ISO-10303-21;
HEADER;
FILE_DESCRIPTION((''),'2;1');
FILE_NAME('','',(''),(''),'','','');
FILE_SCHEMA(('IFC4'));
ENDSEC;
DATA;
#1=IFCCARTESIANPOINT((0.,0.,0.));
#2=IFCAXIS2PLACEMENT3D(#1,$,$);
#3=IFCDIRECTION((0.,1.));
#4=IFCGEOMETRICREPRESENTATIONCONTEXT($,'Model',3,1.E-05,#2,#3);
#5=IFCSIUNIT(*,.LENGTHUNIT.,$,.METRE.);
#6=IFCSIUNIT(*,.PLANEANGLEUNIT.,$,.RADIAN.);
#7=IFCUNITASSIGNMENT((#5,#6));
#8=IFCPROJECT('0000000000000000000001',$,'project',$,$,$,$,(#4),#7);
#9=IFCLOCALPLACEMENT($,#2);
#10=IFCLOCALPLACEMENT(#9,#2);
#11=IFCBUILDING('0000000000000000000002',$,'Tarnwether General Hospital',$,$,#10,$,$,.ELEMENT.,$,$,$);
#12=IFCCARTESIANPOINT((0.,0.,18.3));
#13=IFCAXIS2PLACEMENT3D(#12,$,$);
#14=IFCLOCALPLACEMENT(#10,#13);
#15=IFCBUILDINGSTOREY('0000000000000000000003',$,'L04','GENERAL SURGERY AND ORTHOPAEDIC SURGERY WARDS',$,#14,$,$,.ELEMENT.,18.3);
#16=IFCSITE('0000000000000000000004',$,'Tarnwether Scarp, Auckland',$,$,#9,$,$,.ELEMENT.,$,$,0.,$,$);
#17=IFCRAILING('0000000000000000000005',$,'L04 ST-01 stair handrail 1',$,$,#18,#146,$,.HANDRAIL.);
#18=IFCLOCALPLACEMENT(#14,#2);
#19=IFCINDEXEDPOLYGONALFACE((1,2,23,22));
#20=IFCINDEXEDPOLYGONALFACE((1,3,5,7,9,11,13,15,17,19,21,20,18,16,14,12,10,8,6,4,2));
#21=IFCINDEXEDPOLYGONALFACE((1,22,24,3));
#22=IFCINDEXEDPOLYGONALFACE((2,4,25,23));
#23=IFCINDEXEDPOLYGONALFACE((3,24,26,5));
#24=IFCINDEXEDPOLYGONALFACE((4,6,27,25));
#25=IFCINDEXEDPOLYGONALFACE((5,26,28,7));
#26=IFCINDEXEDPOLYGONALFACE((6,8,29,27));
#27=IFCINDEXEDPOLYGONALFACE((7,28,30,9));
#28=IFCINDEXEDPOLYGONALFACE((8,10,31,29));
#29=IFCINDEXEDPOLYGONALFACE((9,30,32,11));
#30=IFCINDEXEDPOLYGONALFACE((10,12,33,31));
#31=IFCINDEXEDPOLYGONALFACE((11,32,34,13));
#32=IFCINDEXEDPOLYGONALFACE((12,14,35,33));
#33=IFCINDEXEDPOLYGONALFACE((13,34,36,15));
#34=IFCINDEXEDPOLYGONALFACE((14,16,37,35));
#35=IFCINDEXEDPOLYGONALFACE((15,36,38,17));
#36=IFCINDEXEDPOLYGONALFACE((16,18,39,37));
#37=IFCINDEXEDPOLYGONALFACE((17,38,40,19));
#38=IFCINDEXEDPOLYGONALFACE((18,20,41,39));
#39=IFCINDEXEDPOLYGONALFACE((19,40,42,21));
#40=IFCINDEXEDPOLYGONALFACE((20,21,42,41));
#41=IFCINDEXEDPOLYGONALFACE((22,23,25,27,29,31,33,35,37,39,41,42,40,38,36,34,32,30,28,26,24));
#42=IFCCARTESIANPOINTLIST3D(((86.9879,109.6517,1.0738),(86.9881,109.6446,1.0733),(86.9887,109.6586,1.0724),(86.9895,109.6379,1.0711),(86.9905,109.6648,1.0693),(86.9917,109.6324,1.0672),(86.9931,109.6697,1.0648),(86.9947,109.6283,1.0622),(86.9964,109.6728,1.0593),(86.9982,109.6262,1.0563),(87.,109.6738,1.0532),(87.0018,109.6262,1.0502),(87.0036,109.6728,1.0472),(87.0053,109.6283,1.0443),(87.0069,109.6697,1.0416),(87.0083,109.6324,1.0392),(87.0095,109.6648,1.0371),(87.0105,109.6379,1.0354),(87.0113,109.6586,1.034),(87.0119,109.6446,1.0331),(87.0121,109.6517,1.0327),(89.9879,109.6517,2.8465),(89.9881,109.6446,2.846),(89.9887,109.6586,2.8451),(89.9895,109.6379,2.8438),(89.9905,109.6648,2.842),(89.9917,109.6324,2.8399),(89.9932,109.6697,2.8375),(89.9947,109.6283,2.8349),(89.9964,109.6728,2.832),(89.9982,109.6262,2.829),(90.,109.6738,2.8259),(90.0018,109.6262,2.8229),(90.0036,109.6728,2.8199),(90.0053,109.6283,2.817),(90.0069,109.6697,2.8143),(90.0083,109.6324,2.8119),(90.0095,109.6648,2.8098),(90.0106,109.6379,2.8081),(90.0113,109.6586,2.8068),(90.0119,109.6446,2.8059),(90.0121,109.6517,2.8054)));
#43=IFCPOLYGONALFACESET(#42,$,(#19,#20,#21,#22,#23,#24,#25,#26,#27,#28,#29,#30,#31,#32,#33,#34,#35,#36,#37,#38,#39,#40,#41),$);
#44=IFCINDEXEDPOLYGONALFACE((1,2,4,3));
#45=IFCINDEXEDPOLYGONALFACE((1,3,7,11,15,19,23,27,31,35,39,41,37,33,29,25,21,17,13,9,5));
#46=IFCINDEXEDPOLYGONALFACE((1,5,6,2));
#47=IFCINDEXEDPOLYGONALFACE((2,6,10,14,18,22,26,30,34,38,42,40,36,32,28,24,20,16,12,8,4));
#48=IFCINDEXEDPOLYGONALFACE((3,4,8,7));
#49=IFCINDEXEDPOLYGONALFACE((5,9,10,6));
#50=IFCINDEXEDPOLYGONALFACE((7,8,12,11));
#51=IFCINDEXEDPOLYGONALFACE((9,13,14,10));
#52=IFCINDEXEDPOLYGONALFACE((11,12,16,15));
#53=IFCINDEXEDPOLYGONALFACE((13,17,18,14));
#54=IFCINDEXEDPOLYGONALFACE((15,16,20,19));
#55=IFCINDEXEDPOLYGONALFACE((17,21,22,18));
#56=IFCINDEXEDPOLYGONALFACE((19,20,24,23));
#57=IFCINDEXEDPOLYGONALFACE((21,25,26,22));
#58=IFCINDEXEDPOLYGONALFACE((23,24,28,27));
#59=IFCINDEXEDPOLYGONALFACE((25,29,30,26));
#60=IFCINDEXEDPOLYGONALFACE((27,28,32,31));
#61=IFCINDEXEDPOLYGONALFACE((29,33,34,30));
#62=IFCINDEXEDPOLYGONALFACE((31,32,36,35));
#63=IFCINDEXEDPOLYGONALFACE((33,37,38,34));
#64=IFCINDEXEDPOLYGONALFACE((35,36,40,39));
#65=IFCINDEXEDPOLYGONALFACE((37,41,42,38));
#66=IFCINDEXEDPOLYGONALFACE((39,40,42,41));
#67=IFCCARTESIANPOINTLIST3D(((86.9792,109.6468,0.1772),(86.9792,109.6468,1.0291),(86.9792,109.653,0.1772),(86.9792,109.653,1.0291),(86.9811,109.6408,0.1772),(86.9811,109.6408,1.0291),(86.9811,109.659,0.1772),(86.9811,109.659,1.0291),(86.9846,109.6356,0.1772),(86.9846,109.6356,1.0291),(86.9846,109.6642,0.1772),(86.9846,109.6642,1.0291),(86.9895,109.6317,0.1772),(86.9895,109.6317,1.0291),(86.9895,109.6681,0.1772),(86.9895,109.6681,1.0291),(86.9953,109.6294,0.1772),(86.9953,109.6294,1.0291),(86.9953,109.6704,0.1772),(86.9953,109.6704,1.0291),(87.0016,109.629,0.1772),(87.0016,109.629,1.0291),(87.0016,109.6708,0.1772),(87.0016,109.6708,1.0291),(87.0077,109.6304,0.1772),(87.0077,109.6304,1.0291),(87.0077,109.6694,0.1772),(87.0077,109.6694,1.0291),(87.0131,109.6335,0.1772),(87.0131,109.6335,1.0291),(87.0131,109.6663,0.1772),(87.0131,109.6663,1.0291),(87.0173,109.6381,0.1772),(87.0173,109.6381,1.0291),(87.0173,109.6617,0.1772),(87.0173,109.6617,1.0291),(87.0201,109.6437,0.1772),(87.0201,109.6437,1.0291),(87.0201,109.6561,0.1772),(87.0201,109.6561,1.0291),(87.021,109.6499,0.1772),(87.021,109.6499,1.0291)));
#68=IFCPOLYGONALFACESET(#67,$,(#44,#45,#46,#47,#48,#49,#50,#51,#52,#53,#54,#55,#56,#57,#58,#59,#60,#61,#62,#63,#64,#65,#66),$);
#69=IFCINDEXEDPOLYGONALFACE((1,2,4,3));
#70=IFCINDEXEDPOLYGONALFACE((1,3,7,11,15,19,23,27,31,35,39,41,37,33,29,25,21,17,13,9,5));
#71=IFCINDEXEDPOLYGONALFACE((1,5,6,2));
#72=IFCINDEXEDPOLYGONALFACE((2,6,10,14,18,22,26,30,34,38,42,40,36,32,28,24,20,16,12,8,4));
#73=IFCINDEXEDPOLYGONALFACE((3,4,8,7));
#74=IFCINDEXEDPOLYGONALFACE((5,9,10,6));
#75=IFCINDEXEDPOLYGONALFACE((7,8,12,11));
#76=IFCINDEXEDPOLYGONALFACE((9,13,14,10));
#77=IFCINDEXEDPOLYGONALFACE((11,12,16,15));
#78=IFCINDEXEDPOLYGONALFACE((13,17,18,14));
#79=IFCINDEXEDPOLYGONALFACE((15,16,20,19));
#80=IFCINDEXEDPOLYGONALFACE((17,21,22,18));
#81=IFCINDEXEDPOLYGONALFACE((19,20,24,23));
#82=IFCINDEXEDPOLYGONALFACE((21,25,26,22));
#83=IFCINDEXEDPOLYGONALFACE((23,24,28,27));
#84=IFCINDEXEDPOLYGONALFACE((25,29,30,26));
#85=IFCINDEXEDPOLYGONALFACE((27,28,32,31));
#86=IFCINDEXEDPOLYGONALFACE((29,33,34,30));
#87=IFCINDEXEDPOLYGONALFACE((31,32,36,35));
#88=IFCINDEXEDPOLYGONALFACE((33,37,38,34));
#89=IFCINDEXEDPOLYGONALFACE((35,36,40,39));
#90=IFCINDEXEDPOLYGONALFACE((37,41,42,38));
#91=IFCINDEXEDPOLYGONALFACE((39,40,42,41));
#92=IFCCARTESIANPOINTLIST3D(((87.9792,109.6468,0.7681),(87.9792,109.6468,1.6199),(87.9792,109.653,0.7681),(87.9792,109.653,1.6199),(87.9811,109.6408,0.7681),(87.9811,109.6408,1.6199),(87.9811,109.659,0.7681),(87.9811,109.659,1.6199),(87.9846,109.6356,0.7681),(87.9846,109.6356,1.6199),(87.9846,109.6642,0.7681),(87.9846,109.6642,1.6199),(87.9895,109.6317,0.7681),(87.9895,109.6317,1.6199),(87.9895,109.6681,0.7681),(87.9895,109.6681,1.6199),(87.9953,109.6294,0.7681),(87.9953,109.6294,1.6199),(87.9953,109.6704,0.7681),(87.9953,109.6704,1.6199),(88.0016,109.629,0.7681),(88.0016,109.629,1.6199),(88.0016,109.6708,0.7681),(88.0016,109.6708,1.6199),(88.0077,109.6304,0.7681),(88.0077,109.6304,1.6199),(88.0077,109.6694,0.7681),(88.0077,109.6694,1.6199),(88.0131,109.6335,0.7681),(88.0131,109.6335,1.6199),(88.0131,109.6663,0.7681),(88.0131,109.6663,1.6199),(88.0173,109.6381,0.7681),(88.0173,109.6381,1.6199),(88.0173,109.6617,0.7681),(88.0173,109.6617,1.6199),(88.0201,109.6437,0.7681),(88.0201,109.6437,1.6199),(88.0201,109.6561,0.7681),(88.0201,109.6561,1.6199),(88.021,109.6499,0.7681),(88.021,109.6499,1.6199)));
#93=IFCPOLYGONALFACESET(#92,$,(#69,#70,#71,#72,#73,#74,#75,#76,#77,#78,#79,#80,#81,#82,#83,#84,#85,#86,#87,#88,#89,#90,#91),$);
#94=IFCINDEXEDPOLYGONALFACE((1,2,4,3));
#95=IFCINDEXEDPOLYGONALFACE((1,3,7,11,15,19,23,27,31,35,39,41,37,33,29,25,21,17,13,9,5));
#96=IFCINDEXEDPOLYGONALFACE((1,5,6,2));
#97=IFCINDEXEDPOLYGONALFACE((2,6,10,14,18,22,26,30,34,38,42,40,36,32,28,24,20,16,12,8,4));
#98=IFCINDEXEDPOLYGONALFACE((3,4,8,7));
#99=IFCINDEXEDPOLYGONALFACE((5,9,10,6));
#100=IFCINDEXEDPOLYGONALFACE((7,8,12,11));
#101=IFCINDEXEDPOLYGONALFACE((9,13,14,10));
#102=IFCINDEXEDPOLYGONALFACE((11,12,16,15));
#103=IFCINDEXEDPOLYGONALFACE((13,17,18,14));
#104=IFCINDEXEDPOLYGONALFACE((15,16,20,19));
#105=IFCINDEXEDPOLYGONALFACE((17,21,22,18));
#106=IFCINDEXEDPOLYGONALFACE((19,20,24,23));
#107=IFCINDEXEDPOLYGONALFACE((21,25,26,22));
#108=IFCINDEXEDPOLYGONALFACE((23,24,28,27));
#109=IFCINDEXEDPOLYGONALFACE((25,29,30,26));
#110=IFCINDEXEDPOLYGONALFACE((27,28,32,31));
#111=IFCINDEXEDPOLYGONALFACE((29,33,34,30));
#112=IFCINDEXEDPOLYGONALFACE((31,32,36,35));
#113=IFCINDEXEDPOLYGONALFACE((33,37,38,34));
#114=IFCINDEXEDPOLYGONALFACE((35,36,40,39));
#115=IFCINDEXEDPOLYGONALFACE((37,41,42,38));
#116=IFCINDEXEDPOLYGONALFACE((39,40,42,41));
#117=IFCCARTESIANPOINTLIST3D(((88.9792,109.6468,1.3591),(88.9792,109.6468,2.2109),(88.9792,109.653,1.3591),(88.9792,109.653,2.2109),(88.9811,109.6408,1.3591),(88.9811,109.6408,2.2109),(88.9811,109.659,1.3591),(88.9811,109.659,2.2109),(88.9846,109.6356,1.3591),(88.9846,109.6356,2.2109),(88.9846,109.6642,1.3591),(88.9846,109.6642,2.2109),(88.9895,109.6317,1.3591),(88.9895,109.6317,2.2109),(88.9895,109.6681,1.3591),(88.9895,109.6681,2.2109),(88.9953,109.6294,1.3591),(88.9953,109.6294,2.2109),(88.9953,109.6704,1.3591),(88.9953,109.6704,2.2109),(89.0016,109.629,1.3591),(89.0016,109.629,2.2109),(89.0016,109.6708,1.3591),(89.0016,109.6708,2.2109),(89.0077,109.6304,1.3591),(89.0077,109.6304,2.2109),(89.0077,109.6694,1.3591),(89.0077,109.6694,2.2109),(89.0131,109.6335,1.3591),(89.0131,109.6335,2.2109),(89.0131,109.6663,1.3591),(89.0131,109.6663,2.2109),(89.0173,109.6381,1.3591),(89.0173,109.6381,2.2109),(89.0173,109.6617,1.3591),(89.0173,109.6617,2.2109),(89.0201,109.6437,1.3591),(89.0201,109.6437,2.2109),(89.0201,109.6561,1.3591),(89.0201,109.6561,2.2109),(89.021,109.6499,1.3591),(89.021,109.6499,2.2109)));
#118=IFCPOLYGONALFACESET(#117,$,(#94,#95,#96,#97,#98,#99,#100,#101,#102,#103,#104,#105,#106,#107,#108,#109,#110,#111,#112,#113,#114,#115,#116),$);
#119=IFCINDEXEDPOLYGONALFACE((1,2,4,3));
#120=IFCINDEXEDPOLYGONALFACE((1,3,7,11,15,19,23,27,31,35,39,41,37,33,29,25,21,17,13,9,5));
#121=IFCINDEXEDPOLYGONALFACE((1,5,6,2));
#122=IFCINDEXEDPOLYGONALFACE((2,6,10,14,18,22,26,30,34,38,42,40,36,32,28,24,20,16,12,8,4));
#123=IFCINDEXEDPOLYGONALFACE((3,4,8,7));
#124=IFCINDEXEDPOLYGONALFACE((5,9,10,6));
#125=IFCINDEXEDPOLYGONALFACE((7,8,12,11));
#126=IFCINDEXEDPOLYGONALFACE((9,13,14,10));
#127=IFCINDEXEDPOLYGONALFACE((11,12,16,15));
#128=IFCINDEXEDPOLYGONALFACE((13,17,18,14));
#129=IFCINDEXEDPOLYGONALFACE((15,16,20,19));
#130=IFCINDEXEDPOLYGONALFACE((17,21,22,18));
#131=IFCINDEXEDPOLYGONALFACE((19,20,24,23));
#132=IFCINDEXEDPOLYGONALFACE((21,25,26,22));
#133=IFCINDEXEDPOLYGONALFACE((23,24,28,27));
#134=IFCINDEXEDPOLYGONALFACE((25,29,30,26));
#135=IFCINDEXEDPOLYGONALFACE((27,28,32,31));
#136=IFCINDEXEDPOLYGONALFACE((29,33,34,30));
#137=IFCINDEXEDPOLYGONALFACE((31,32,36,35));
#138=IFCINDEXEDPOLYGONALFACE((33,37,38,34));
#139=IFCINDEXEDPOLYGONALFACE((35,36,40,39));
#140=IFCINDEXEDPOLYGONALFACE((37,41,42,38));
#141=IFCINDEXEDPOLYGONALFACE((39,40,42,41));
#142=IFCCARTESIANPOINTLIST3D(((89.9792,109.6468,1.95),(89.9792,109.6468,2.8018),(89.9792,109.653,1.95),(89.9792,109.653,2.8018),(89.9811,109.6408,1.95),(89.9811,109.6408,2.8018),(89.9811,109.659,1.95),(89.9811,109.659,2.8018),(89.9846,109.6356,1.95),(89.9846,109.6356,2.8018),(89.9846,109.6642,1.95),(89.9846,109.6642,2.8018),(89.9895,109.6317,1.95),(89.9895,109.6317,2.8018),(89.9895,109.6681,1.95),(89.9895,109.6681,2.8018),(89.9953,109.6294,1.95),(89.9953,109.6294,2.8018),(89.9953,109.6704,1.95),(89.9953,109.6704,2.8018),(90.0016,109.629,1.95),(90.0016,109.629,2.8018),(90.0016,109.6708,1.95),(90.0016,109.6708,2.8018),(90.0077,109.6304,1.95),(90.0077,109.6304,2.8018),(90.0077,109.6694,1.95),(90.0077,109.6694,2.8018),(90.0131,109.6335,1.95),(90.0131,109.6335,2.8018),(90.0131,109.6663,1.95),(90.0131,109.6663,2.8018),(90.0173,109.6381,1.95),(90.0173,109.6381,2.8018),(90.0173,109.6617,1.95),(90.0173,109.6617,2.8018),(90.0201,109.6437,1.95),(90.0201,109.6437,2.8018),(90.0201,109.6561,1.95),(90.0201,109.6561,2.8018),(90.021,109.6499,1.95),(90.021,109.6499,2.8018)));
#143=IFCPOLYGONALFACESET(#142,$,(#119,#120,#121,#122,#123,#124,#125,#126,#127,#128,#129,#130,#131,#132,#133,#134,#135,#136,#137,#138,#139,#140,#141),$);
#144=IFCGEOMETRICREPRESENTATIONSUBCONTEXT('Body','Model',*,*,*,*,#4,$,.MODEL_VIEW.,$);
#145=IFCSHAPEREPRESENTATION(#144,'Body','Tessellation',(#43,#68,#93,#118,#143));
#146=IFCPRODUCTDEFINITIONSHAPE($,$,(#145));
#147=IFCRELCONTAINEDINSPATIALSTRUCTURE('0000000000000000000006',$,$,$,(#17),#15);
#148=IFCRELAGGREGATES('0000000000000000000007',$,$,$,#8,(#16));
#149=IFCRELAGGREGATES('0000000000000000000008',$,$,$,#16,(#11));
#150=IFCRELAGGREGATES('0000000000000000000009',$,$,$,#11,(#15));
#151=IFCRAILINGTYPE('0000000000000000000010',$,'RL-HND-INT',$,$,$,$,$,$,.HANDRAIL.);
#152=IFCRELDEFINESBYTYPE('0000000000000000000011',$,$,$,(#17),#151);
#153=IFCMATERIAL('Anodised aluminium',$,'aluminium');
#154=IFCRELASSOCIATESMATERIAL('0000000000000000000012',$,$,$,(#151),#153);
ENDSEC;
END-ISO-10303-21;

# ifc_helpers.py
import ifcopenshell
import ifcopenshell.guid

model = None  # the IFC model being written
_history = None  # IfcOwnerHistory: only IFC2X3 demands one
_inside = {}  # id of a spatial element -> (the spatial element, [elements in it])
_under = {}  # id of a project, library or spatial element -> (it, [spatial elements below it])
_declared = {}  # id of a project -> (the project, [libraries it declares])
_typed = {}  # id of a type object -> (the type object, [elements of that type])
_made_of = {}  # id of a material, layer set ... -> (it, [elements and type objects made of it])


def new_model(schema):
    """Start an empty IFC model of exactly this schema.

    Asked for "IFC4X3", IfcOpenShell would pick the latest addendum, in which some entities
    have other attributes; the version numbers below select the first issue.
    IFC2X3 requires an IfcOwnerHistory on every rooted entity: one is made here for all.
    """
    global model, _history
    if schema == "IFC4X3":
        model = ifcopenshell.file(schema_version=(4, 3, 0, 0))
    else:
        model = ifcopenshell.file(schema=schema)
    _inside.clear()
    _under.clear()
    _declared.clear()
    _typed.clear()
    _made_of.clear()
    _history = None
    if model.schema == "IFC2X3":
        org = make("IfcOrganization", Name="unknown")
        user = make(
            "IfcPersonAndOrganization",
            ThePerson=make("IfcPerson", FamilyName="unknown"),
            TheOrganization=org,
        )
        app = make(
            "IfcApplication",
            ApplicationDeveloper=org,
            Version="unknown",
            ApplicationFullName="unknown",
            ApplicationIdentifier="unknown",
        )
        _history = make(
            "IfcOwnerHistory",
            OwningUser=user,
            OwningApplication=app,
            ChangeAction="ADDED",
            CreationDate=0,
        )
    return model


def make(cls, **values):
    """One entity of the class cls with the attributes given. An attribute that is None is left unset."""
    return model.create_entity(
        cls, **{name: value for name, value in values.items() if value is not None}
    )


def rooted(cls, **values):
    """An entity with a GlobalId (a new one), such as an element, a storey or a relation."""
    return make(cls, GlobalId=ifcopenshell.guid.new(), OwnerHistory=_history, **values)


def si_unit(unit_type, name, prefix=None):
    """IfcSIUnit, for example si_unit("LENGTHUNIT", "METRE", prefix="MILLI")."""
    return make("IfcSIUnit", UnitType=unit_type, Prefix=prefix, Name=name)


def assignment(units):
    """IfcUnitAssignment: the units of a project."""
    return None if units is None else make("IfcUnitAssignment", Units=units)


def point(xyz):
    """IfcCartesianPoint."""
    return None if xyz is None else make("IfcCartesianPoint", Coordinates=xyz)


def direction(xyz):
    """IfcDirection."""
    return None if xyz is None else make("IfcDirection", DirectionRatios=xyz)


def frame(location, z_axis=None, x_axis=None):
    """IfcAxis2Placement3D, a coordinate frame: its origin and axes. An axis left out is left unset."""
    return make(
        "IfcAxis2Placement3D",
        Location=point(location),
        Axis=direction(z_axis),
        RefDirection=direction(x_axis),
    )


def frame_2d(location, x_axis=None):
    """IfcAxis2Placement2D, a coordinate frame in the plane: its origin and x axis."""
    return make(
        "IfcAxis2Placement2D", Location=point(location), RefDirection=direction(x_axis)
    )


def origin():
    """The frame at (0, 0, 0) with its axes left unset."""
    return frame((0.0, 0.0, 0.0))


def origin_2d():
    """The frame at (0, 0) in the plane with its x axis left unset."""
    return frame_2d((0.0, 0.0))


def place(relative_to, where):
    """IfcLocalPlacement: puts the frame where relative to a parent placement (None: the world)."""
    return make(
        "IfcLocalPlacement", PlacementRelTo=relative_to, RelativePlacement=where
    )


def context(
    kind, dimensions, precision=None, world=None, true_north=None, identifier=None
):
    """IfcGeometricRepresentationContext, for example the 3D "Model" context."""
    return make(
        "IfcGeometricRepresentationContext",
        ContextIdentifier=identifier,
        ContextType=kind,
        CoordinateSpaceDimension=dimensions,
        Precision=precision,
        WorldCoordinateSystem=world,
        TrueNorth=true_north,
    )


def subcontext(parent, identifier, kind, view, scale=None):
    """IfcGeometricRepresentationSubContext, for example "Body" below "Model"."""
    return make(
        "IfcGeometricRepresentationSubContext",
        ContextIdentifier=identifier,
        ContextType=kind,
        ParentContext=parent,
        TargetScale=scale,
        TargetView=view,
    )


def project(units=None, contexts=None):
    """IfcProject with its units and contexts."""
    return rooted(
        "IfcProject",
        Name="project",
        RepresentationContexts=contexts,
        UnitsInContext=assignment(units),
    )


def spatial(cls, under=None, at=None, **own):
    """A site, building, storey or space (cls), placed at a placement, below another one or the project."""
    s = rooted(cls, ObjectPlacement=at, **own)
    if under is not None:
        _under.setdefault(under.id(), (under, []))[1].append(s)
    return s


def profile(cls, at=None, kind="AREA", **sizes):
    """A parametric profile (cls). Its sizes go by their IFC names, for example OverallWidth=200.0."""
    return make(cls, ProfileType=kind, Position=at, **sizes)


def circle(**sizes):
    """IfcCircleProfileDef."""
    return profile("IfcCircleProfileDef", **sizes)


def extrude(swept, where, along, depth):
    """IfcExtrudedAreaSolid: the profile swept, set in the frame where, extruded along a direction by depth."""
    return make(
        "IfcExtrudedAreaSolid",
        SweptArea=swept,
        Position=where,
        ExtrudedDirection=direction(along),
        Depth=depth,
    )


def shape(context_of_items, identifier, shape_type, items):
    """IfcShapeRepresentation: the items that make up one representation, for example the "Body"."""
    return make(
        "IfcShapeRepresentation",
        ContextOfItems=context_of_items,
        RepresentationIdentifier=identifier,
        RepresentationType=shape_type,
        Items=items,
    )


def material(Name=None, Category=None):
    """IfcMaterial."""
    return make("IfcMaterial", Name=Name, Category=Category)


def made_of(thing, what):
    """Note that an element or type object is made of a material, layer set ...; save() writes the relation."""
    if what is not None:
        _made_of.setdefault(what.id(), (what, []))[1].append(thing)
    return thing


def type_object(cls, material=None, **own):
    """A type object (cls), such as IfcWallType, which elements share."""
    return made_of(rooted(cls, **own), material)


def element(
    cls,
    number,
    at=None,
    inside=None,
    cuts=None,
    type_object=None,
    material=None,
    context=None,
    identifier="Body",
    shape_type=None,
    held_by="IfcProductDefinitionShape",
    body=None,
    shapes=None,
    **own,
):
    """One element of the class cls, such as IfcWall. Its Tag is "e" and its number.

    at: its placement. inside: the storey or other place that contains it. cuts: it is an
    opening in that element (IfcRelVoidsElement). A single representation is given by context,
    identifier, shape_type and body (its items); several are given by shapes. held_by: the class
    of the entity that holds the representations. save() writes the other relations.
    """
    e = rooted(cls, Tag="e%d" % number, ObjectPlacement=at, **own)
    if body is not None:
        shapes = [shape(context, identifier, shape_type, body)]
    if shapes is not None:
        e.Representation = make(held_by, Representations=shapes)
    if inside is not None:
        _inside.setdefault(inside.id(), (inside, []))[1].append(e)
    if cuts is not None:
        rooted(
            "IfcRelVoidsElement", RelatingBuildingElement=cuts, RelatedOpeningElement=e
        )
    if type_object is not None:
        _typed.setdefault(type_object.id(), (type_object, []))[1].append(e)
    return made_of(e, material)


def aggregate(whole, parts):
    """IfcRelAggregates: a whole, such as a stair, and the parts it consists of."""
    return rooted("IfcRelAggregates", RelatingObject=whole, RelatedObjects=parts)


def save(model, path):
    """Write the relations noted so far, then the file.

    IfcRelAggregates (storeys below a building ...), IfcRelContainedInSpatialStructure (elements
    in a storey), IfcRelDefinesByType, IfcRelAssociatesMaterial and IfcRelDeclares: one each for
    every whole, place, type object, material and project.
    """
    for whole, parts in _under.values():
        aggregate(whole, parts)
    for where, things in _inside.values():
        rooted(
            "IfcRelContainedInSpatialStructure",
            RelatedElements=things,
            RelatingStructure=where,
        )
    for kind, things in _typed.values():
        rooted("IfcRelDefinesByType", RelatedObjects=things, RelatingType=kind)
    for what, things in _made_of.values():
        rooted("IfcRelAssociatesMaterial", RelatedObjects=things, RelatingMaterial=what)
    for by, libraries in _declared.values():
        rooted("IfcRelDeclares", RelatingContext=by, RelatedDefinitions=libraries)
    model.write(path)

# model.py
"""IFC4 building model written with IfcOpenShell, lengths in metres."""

from ifc_helpers import new_model, si_unit, direction, frame, origin, origin_2d, place, context, subcontext, project, spatial, circle, extrude, material, type_object, element, save


model = new_model("IFC4")

# Units and contexts
model_context = context("Model", 3, precision=1e-05, world=origin(), true_north=direction((0.0, 1.0)))
body_context = subcontext(model_context, "Body", "Model", "MODEL_VIEW")
ifc_project = project(units=[si_unit("LENGTHUNIT", "METRE"), si_unit("PLANEANGLEUNIT", "RADIAN")], contexts=[model_context])

# Site, building, storey
site_placement = place(None, origin())
site = spatial("IfcSite", under=ifc_project, at=site_placement, Name="Tarnwether Scarp, Auckland", CompositionType="ELEMENT", RefElevation=0.0)
building_placement = place(site_placement, origin())
building = spatial("IfcBuilding", under=site, at=building_placement, Name="Tarnwether General Hospital", CompositionType="ELEMENT")
storey_placement = place(building_placement, frame((0.0, 0.0, 18.3)))
storey = spatial("IfcBuildingStorey", under=building, at=storey_placement, Name="L04", Description="GENERAL SURGERY AND ORTHOPAEDIC SURGERY WARDS", CompositionType="ELEMENT", Elevation=18.3)

# Railing
ifc_material_1 = material(Name="Anodised aluminium", Category="aluminium")
railing_type_1 = type_object("IfcRailingType", Name="RL-HND-INT", PredefinedType="HANDRAIL", material=ifc_material_1)
railing_1_placement = place(storey_placement, frame((87.0, 109.6499, 0.1772)))
element("IfcRailing", 1, at=railing_1_placement, inside=storey, type_object=railing_type_1, Name="L04 ST-01 stair handrail 1", PredefinedType="HANDRAIL", context=body_context, shape_type="SweptSolid", body=[
    extrude(circle(Radius=0.0239, at=origin_2d()), frame((0.0, 0.0, 0.876), z_axis=(0.860929, 0.0, 0.508725), x_axis=(0.0, 1.0, 0.0)), (0.0, 0.0, 1.0), 3.4846),
    extrude(circle(Radius=0.021, at=origin_2d()), origin(), (0.0, 0.0, 1.0), 0.8518),
    extrude(circle(Radius=0.021, at=origin_2d()), frame((1.0, 0.0, 0.5908)), (0.0, 0.0, 1.0), 0.8518),
    extrude(circle(Radius=0.021, at=origin_2d()), frame((2.0, 0.0, 1.1819)), (0.0, 0.0, 1.0), 0.8518),
    extrude(circle(Radius=0.021, at=origin_2d()), frame((3.0, 0.0, 1.7727)), (0.0, 0.0, 1.0), 0.8518),
])

save(model, "model.ifc")
